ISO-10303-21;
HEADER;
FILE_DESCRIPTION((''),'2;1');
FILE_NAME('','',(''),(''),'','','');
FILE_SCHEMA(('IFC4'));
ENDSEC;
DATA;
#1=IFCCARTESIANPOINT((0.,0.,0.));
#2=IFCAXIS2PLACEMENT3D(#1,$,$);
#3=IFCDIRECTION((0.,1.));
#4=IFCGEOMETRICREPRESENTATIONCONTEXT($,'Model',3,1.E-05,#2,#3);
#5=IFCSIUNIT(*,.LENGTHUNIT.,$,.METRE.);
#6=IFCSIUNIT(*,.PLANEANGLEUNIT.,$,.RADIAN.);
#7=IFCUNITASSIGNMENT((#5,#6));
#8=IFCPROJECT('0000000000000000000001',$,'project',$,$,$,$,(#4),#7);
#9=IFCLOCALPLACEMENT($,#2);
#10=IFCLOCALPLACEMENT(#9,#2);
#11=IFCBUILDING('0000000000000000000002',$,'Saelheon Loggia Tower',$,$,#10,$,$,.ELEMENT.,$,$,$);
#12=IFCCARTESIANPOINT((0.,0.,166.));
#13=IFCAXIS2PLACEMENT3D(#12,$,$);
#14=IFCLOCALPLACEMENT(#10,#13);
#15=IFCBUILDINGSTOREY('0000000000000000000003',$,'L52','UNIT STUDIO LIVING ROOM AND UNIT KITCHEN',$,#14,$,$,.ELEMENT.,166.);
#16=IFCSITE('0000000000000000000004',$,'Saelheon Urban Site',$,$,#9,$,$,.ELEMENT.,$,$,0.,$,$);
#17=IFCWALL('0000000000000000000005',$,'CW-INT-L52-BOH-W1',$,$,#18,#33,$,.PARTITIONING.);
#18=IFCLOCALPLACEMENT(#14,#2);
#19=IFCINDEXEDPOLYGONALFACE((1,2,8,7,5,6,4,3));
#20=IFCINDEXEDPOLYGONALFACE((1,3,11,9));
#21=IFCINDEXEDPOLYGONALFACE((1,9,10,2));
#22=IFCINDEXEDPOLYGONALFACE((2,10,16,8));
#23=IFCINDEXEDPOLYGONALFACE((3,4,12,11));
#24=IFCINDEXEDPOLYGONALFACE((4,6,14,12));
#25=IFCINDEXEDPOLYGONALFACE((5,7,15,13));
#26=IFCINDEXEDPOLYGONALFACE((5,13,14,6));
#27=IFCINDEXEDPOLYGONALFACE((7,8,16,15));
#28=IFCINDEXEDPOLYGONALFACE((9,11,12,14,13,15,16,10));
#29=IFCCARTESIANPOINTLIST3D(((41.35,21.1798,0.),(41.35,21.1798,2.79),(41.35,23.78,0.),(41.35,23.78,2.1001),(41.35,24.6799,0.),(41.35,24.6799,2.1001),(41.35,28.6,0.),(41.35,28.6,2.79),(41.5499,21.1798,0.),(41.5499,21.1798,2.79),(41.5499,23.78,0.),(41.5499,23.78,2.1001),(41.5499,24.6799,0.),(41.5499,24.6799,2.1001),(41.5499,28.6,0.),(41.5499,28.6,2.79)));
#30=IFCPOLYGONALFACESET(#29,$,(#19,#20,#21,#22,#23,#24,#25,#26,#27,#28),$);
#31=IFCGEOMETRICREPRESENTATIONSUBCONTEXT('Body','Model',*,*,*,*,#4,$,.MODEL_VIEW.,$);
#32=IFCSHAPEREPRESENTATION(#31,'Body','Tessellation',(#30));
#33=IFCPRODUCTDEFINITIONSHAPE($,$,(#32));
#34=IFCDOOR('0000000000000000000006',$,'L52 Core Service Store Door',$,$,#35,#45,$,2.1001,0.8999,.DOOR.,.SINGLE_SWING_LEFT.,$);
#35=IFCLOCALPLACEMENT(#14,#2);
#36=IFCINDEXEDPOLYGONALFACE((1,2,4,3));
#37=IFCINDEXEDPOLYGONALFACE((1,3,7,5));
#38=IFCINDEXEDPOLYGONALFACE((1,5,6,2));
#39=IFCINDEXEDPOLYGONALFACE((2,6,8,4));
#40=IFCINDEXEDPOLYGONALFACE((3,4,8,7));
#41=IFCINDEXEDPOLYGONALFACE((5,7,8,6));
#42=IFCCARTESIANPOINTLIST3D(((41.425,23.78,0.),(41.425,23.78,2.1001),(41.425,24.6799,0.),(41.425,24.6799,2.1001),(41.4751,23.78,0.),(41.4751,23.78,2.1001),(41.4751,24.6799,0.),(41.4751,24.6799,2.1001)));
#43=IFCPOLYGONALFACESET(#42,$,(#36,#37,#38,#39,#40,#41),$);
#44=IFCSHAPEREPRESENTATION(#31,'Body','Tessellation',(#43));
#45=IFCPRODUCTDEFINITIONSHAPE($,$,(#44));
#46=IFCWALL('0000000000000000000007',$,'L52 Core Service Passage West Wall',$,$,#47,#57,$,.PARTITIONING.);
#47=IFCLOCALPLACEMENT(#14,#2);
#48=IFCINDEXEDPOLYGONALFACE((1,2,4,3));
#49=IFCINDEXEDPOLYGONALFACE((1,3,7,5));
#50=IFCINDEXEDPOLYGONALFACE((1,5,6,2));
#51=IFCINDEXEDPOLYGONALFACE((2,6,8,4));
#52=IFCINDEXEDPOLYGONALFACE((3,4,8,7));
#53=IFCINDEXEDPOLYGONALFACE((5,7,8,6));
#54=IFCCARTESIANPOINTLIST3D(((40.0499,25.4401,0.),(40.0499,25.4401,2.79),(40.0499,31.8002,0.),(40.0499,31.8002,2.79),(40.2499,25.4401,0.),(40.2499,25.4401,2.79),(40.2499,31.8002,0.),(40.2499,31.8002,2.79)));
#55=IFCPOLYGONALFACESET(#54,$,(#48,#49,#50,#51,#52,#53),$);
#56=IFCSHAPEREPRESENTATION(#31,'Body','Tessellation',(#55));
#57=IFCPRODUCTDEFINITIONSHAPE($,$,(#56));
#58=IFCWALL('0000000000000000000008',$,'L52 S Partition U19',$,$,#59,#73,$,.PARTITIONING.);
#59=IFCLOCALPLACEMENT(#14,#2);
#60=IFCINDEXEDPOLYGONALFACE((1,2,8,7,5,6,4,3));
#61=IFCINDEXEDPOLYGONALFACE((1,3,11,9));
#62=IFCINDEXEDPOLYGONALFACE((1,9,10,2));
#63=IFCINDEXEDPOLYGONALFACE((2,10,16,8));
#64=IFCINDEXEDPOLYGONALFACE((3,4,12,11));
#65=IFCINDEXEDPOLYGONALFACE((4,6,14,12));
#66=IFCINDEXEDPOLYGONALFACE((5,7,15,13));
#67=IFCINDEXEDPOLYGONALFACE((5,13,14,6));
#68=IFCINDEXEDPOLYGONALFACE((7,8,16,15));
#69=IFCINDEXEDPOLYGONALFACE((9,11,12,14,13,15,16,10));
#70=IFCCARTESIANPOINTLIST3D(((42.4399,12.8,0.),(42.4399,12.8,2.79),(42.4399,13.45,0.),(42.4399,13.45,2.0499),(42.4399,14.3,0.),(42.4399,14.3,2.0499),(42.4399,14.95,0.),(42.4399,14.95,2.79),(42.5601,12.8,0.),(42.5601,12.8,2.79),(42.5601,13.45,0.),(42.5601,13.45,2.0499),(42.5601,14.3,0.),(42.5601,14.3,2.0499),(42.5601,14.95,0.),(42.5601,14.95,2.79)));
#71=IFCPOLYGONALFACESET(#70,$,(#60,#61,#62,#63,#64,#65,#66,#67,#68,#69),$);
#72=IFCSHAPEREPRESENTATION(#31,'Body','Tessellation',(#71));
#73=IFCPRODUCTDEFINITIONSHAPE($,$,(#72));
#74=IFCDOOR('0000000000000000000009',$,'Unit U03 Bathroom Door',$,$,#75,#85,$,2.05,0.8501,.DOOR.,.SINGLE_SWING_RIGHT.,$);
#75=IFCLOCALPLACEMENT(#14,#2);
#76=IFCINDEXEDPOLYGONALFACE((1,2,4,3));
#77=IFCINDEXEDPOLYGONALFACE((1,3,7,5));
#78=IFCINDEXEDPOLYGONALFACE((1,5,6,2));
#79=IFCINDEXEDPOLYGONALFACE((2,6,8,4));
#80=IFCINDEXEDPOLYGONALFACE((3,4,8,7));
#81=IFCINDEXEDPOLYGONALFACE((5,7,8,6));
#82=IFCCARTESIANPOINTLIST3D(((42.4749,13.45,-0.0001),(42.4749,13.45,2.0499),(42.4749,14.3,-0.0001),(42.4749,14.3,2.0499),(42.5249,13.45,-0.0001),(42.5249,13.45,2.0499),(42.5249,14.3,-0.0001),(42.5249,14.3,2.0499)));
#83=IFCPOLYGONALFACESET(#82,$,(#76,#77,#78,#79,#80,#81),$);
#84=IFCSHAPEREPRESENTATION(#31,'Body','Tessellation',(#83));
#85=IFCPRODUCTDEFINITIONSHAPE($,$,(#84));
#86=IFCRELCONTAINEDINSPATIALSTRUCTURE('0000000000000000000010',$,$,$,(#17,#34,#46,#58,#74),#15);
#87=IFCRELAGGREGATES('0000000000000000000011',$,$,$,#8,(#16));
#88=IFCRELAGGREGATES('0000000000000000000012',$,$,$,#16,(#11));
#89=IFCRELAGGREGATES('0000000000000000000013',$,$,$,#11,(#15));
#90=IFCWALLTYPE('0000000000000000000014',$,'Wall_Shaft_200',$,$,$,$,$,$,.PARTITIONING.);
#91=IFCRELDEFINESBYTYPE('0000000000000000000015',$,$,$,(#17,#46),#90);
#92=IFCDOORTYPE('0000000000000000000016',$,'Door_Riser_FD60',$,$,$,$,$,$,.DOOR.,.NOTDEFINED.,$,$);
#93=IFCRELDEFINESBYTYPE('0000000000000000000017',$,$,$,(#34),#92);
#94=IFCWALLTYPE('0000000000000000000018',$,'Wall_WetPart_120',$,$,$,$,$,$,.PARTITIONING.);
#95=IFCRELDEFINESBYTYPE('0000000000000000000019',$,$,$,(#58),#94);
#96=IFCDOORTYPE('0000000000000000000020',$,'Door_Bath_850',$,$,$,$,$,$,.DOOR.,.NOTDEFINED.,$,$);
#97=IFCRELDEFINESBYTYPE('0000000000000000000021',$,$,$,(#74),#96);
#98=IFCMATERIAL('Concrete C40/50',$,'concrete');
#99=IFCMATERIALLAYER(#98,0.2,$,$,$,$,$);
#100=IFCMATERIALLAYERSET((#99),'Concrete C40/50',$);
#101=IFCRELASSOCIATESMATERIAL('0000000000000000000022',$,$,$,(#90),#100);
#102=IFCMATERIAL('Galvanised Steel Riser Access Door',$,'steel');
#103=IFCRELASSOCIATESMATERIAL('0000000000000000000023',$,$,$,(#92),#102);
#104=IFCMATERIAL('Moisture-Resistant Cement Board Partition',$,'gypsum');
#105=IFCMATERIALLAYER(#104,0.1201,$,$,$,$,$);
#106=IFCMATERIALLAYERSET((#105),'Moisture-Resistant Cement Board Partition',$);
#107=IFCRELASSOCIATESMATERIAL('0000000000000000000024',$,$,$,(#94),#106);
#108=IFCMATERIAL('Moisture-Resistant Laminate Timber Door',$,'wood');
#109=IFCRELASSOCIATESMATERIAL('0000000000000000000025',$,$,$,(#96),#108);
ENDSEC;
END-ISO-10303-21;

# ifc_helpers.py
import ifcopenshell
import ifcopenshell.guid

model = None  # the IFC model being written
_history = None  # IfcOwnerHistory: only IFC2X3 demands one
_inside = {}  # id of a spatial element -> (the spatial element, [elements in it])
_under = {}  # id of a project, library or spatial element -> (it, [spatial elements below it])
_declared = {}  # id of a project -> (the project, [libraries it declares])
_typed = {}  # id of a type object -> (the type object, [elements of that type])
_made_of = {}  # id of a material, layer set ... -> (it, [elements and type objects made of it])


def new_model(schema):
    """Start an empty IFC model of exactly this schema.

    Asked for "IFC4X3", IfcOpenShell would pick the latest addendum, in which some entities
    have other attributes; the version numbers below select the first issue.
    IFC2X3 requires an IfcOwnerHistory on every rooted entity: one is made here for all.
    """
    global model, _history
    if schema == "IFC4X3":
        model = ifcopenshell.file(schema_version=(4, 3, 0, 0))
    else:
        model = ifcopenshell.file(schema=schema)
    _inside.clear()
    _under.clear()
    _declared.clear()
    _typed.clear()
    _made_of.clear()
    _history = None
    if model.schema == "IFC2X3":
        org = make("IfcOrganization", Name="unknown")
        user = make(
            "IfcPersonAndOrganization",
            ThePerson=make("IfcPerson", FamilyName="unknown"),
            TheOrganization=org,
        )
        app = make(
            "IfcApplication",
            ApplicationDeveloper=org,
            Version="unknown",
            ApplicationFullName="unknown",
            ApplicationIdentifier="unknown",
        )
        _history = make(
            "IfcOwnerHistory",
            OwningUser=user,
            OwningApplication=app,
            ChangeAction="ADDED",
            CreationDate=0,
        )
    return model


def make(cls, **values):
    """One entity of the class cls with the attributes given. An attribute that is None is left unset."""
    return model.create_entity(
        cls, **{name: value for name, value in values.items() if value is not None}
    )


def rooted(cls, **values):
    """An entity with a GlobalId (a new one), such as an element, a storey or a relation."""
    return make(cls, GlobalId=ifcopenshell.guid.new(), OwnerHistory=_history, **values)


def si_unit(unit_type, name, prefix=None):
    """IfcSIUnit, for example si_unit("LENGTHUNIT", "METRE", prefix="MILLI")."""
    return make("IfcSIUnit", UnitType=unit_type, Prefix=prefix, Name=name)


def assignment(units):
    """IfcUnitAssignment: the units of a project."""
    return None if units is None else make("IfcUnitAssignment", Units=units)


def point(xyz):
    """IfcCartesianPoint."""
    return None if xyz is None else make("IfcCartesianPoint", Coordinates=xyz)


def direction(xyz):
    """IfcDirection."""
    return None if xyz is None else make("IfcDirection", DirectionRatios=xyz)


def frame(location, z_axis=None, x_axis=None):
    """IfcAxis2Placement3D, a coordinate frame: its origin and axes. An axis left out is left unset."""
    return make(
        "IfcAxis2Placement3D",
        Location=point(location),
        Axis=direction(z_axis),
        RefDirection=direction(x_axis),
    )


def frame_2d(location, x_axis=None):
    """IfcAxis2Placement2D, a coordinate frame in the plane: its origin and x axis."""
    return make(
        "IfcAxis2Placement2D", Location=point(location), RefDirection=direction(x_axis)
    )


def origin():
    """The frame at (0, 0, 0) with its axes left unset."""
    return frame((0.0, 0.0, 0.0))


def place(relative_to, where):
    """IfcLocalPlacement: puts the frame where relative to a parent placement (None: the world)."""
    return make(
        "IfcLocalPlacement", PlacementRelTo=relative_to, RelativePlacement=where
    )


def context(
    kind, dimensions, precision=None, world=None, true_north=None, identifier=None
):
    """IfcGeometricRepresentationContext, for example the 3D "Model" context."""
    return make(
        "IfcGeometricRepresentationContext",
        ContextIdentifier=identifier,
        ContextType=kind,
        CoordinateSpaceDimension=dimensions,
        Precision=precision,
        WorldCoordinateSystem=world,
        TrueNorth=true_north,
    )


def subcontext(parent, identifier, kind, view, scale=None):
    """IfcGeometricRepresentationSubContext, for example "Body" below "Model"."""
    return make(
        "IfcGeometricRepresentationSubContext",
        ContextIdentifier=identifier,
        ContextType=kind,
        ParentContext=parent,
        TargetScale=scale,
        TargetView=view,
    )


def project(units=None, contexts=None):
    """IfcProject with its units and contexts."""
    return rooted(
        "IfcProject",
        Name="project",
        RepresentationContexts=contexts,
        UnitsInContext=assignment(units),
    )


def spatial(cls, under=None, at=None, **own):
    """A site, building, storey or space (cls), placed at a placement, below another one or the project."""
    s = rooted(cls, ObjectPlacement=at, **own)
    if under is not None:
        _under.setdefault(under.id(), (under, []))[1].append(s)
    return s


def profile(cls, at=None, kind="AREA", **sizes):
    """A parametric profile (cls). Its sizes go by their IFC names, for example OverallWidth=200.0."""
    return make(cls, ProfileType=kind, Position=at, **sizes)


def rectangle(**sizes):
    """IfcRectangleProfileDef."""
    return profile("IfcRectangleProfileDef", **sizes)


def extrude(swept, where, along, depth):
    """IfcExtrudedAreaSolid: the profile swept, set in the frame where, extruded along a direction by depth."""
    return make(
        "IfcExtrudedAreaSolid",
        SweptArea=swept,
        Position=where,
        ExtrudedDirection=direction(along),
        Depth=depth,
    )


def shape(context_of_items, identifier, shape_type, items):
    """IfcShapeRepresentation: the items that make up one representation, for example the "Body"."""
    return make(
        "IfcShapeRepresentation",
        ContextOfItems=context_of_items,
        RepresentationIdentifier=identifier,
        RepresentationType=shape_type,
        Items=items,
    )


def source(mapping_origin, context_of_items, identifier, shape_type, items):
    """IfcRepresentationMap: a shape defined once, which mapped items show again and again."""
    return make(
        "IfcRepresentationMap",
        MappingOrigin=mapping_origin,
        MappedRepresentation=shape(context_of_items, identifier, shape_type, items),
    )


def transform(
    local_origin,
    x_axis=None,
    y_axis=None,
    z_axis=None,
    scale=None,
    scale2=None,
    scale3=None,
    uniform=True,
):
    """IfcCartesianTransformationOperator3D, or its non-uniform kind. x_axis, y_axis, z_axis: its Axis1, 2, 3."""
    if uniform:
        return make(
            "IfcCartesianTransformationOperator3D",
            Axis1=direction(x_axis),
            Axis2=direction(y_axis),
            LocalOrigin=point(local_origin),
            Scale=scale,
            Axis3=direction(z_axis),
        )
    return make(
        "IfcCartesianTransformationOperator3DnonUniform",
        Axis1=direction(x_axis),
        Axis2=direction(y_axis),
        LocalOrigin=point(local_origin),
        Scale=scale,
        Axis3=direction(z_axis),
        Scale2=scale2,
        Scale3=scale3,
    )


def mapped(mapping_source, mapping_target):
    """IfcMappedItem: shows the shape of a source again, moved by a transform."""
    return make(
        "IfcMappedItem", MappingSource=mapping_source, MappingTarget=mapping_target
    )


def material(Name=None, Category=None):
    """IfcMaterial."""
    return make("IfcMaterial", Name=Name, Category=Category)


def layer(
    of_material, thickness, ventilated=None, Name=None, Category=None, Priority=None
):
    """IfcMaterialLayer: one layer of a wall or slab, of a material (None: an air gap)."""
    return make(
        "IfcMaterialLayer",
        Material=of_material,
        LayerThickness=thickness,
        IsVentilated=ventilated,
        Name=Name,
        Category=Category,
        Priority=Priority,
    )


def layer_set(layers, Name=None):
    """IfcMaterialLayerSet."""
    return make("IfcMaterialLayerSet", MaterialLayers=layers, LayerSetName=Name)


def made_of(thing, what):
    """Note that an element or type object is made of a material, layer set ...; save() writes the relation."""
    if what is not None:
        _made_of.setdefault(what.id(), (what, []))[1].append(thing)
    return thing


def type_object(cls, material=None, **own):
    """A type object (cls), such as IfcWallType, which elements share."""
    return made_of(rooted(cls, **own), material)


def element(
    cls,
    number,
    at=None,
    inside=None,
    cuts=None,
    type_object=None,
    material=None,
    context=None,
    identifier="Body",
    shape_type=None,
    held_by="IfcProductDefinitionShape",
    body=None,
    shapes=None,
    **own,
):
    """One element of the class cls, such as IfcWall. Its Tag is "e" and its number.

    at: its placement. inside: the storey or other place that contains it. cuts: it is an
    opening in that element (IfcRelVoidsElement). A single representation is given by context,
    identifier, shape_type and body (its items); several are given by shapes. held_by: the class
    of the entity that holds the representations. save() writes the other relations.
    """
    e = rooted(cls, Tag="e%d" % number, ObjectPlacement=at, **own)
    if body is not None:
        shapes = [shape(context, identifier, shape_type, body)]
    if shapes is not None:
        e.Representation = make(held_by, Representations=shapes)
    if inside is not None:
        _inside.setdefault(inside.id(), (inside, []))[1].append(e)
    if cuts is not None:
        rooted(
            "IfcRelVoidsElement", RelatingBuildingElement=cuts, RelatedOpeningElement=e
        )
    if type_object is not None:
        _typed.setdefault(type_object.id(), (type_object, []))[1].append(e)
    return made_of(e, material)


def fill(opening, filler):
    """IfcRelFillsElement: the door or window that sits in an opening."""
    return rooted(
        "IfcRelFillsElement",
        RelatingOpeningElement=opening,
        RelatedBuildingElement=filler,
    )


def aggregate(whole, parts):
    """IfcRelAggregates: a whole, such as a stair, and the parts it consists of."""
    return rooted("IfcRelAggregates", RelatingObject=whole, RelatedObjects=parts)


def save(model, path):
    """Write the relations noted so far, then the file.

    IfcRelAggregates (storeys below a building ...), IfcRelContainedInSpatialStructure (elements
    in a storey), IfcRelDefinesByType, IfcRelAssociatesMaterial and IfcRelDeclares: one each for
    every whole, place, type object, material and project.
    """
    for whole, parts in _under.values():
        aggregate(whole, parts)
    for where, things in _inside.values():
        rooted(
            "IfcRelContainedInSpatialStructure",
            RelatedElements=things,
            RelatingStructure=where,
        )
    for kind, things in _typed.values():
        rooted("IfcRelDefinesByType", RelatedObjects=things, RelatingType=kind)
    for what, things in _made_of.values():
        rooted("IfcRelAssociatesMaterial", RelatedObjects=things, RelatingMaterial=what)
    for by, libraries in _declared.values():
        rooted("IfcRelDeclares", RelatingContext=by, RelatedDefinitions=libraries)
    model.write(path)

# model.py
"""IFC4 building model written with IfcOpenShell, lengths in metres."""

from ifc_helpers import new_model, si_unit, direction, frame, frame_2d, origin, place, context, subcontext, project, spatial, rectangle, extrude, source, transform, mapped, material, layer, layer_set, type_object, element, fill, save


model = new_model("IFC4")

# Units and contexts
model_context = context("Model", 3, precision=1e-05, world=origin(), true_north=direction((0.0, 1.0)))
body_context = subcontext(model_context, "Body", "Model", "MODEL_VIEW")
ifc_project = project(units=[si_unit("LENGTHUNIT", "METRE"), si_unit("PLANEANGLEUNIT", "RADIAN")], contexts=[model_context])

# Site, building, storey
site_placement = place(None, origin())
site = spatial("IfcSite", under=ifc_project, at=site_placement, Name="Saelheon Urban Site", CompositionType="ELEMENT", RefElevation=0.0)
building_placement = place(site_placement, origin())
building = spatial("IfcBuilding", under=site, at=building_placement, Name="Saelheon Loggia Tower", CompositionType="ELEMENT")
storey_placement = place(building_placement, frame((0.0, 0.0, 166.0)))
storey = spatial("IfcBuildingStorey", under=building, at=storey_placement, Name="L52", Description="UNIT STUDIO LIVING ROOM AND UNIT KITCHEN", CompositionType="ELEMENT", Elevation=166.0)

# Shared definitions
ifc_material_1 = material(Name="Concrete C40/50", Category="concrete")

# Shared definitions
ifc_layer_1 = layer(ifc_material_1, 0.2)
ifc_layer_set_1 = layer_set([ifc_layer_1], Name="Concrete C40/50")
wall_type_1 = type_object("IfcWallType", Name="Wall_Shaft_200", PredefinedType="PARTITIONING", material=ifc_layer_set_1)

# Wall, opening, door
wall_1_placement = place(storey_placement, frame((41.45, 21.1799, 0.0), z_axis=(0.0, 0.0, 1.0), x_axis=(0.0, 1.0, 0.0)))
wall_1 = element("IfcWall", 1, at=wall_1_placement, inside=storey, type_object=wall_type_1, Name="CW-INT-L52-BOH-W1", PredefinedType="PARTITIONING", context=body_context, shape_type="SweptSolid", body=[
    extrude(rectangle(XDim=7.4202, YDim=0.2, at=frame_2d((3.71, 0.0))), origin(), (0.0, 0.0, 1.0), 2.79),
])
opening_1_placement = place(wall_1_placement, frame((2.6001, 0.0, 0.0)))
opening_1 = element("IfcOpeningElement", 2, at=opening_1_placement, cuts=wall_1, PredefinedType="OPENING", context=body_context, shape_type="SweptSolid", body=[
    extrude(rectangle(XDim=0.8999, YDim=2.1001, at=frame_2d((0.45, 1.05))), frame((0.0, 0.1121, 0.0), z_axis=(0.0, -1.0, 0.0), x_axis=(1.0, 0.0, 0.0)), (0.0, 0.0, 1.0), 0.2239),
])
ifc_material_2 = material(Name="Galvanised Steel Riser Access Door", Category="steel")
door_type_1 = type_object("IfcDoorType", Name="Door_Riser_FD60", OperationType="NOTDEFINED", PredefinedType="DOOR", material=ifc_material_2)
shared_shape_1 = source(origin(), body_context, "Body", "SweptSolid", [
    extrude(rectangle(XDim=0.8999, YDim=2.1001, at=frame_2d((0.45, 1.05))), frame((0.0, 0.0249, 0.0), z_axis=(0.0, -1.0, 0.0), x_axis=(1.0, 0.0, 0.0)), (0.0, 0.0, 1.0), 0.05),
])
door_1_placement = place(opening_1_placement, origin())
door_1 = element("IfcDoor", 3, at=door_1_placement, inside=storey, type_object=door_type_1, Name="L52 Core Service Store Door", OperationType="SINGLE_SWING_LEFT", OverallHeight=2.1001, OverallWidth=0.8999, PredefinedType="DOOR", context=body_context, shape_type="MappedRepresentation", body=[
    mapped(shared_shape_1, transform((0.0, 0.0, 0.0), scale=1.0)),
])
fill(opening_1, door_1)

# Wall
wall_2_placement = place(storey_placement, frame((40.1499, 25.4399, 0.0), z_axis=(0.0, 0.0, 1.0), x_axis=(0.0, 1.0, 0.0)))
element("IfcWall", 4, at=wall_2_placement, inside=storey, type_object=wall_type_1, Name="L52 Core Service Passage West Wall", PredefinedType="PARTITIONING", context=body_context, shape_type="SweptSolid", body=[
    extrude(rectangle(XDim=6.3601, YDim=0.2, at=frame_2d((3.1802, 0.0))), origin(), (0.0, 0.0, 1.0), 2.79),
])

# Wall, opening, door
ifc_material_3 = material(Name="Moisture-Resistant Cement Board Partition", Category="gypsum")
ifc_layer_2 = layer(ifc_material_3, 0.1201)
ifc_layer_set_2 = layer_set([ifc_layer_2], Name="Moisture-Resistant Cement Board Partition")
wall_type_2 = type_object("IfcWallType", Name="Wall_WetPart_120", PredefinedType="PARTITIONING", material=ifc_layer_set_2)
wall_3_placement = place(storey_placement, frame((42.5, 14.95, 0.0), z_axis=(0.0, 0.0, 1.0), x_axis=(0.0, -1.0, 0.0)))
wall_3 = element("IfcWall", 5, at=wall_3_placement, inside=storey, type_object=wall_type_2, Name="L52 S Partition U19", PredefinedType="PARTITIONING", context=body_context, shape_type="SweptSolid", body=[
    extrude(rectangle(XDim=2.1499, YDim=0.1201, at=frame_2d((1.075, 0.0))), origin(), (0.0, 0.0, 1.0), 2.79),
])
opening_2_placement = place(wall_3_placement, frame((0.6499, 0.0, 0.0)))
opening_2 = element("IfcOpeningElement", 6, at=opening_2_placement, cuts=wall_3, PredefinedType="OPENING", context=body_context, shape_type="SweptSolid", body=[
    extrude(rectangle(XDim=0.8501, YDim=2.05, at=frame_2d((0.425, 1.0249))), frame((0.0, 0.072, 0.0), z_axis=(0.0, -1.0, 0.0), x_axis=(1.0, 0.0, 0.0)), (0.0, 0.0, 1.0), 0.144),
])
ifc_material_4 = material(Name="Moisture-Resistant Laminate Timber Door", Category="wood")
door_type_2 = type_object("IfcDoorType", Name="Door_Bath_850", OperationType="NOTDEFINED", PredefinedType="DOOR", material=ifc_material_4)
shared_shape_2 = source(origin(), body_context, "Body", "SweptSolid", [
    extrude(rectangle(XDim=0.8501, YDim=2.05, at=frame_2d((0.425, 1.0249))), frame((0.0, 0.0249, 0.0), z_axis=(0.0, -1.0, 0.0), x_axis=(1.0, 0.0, 0.0)), (0.0, 0.0, 1.0), 0.05),
])
door_2_placement = place(opening_2_placement, origin())
door_2 = element("IfcDoor", 7, at=door_2_placement, inside=storey, type_object=door_type_2, Name="Unit U03 Bathroom Door", OperationType="SINGLE_SWING_RIGHT", OverallHeight=2.05, OverallWidth=0.8501, PredefinedType="DOOR", context=body_context, shape_type="MappedRepresentation", body=[
    mapped(shared_shape_2, transform((0.0, 0.0, 0.0), scale=1.0)),
])
fill(opening_2, door_2)

save(model, "model.ifc")
